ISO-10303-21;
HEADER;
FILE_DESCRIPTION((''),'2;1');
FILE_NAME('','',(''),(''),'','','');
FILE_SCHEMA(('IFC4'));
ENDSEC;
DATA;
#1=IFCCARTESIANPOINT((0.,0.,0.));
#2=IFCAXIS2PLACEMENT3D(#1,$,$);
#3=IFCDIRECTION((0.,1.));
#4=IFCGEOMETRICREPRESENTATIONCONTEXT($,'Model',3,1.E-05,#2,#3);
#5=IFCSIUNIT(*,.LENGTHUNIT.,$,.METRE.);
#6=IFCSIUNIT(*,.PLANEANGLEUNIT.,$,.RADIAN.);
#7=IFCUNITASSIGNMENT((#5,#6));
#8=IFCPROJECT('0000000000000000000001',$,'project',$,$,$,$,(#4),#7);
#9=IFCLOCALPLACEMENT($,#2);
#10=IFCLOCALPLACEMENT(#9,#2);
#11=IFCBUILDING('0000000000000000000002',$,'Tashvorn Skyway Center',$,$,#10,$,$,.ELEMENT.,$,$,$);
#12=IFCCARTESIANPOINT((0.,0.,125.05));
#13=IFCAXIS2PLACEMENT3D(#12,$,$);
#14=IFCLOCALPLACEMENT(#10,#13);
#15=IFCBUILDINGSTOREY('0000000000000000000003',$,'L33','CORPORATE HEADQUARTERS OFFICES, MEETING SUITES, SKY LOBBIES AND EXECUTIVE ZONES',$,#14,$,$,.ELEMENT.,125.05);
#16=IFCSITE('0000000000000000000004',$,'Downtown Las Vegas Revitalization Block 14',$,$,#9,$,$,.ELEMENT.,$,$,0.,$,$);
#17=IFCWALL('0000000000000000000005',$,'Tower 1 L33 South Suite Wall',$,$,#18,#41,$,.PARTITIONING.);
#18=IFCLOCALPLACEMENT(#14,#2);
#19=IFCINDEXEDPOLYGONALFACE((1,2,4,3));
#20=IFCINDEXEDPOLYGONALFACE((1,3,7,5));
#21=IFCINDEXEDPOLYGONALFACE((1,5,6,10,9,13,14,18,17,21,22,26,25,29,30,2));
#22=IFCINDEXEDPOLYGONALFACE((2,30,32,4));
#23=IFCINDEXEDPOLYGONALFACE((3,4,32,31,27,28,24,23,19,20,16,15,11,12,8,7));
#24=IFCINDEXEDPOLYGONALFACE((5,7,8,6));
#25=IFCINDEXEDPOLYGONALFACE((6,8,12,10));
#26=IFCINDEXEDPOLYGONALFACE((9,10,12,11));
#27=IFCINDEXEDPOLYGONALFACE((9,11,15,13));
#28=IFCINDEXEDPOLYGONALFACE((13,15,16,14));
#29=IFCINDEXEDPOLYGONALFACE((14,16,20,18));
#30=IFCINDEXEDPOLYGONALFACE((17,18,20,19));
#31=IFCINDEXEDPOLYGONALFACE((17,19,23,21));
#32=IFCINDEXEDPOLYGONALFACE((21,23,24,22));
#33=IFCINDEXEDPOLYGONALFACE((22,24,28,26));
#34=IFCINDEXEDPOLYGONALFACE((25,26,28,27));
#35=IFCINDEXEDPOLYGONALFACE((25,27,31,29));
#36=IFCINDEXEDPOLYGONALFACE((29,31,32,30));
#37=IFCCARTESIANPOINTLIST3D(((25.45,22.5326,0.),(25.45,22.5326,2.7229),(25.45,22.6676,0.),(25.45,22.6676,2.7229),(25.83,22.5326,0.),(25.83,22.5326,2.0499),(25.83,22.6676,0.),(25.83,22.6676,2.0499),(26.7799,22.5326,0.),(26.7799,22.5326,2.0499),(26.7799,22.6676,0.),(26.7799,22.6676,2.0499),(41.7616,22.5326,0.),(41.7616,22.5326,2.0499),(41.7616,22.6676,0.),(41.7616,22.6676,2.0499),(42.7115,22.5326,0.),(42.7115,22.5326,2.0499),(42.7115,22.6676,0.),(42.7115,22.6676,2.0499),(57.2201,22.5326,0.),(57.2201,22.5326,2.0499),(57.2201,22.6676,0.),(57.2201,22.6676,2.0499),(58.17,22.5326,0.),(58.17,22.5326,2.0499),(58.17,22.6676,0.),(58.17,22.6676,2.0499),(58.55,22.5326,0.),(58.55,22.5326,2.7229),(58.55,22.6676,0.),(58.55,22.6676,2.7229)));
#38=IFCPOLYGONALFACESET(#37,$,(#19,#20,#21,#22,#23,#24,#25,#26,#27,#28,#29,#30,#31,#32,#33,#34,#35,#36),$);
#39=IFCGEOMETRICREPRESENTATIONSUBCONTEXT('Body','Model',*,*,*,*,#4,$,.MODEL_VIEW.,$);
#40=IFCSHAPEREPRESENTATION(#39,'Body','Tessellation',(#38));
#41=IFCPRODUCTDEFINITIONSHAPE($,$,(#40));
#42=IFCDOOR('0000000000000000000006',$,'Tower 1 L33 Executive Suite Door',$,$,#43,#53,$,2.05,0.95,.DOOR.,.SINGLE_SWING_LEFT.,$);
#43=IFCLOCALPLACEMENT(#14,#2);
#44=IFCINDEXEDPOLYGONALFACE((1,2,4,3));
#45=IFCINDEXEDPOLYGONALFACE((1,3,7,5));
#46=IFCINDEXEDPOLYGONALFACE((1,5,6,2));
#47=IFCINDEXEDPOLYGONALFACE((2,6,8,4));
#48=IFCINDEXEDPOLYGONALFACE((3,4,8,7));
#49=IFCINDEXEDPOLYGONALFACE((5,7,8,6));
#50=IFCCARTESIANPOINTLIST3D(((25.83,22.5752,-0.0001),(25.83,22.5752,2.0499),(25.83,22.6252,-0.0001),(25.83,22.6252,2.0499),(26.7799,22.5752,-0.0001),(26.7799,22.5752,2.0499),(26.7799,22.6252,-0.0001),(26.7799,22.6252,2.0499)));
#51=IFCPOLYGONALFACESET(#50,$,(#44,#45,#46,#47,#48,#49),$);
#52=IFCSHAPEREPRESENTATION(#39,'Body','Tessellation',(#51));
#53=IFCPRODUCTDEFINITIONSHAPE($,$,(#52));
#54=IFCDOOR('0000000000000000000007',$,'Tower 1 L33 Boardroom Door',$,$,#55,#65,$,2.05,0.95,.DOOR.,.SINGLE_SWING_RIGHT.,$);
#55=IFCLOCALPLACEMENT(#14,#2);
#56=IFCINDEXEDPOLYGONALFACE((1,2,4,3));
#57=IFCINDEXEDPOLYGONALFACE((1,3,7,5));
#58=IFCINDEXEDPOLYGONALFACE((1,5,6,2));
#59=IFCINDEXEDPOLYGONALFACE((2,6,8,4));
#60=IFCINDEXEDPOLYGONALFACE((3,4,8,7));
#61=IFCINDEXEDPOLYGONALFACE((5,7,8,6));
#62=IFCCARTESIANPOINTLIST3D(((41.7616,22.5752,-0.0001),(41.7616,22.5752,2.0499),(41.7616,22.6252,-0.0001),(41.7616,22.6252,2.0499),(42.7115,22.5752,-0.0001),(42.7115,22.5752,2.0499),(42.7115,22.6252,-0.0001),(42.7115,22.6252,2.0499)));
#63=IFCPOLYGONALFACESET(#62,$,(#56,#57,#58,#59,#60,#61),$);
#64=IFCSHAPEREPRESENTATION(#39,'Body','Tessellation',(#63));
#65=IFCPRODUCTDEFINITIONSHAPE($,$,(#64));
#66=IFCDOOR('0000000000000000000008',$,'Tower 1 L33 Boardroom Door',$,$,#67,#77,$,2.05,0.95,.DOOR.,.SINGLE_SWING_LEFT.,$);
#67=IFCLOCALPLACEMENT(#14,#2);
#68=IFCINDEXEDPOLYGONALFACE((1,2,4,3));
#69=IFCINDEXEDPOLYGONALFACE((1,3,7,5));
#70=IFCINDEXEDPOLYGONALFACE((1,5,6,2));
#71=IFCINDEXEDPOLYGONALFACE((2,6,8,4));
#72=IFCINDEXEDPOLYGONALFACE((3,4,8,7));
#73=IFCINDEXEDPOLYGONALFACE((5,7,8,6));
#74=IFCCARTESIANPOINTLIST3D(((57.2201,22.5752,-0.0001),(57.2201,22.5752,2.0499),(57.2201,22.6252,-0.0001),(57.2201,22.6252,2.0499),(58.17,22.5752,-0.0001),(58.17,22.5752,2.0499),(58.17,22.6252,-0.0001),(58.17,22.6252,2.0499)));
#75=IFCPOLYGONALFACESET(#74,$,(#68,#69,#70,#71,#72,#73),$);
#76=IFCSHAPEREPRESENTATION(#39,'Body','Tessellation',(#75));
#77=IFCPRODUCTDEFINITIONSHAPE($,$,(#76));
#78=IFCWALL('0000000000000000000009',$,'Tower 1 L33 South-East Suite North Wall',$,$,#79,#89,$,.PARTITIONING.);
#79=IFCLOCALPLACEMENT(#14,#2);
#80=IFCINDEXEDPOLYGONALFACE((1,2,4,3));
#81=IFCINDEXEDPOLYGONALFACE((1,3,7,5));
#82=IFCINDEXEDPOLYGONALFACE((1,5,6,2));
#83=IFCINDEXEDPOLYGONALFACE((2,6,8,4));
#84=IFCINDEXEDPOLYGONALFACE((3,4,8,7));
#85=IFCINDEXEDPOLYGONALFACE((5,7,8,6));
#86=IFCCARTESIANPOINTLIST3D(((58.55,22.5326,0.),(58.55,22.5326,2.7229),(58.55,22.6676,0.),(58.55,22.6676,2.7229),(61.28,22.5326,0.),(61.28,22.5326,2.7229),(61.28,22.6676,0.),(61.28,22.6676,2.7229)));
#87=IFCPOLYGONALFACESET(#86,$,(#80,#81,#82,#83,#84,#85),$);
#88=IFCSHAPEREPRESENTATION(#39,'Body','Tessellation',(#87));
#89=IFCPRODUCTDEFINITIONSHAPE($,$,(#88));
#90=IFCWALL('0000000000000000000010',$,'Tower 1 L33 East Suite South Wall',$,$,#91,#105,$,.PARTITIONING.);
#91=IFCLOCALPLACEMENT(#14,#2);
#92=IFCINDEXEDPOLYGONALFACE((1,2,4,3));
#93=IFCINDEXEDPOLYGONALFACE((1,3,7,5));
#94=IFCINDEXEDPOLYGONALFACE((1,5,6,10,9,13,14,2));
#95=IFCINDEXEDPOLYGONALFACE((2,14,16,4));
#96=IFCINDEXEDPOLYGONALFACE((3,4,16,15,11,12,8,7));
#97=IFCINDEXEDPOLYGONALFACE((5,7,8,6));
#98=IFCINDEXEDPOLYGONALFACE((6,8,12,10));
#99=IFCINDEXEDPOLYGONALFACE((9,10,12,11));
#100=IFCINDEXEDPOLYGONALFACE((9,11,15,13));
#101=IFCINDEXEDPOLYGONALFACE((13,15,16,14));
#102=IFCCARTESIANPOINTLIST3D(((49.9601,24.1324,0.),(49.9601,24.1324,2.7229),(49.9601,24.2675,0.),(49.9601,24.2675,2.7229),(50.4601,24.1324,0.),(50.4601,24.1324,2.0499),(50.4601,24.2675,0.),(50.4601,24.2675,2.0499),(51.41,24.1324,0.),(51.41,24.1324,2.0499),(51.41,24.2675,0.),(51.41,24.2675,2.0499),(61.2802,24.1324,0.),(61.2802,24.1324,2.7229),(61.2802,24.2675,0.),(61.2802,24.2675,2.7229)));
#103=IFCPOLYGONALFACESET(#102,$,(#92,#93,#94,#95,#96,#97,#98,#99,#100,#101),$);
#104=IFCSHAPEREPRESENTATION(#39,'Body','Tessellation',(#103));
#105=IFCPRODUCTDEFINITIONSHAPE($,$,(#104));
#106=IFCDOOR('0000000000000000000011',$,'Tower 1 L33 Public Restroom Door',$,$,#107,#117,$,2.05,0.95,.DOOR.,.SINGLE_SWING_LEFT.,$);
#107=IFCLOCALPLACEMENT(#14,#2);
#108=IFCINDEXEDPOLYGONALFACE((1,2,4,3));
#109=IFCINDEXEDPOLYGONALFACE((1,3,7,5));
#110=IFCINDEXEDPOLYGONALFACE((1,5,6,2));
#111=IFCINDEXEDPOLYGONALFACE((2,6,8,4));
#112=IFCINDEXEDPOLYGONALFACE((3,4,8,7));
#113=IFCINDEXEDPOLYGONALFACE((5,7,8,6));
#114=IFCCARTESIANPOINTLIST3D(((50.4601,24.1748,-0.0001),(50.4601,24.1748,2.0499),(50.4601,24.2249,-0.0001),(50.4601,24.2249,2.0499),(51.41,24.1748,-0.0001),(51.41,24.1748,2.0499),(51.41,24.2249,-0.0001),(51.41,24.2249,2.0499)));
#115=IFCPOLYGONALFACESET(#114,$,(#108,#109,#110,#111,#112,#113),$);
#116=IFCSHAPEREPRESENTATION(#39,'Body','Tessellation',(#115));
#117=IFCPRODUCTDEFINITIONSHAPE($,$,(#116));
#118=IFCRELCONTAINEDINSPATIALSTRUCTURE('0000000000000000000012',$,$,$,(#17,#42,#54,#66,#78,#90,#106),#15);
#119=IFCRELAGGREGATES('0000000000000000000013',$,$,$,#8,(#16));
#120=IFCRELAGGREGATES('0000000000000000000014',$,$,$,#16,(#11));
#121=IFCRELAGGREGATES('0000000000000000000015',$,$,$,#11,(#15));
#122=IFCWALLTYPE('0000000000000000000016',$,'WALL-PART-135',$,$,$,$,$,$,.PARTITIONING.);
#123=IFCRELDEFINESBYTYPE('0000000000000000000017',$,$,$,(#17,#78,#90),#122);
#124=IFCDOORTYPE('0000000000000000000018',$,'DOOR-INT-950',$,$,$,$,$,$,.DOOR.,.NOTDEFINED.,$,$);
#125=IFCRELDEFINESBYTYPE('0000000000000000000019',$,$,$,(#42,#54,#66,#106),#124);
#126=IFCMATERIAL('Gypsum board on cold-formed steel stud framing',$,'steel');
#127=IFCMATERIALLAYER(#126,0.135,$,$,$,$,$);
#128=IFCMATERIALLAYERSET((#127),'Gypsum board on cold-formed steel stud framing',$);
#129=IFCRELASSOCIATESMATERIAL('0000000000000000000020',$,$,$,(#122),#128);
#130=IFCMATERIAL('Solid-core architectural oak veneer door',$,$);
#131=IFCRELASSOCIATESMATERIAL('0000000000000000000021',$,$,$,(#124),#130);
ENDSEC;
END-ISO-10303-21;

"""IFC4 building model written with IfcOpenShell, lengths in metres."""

from ifc_helpers import new_model, si_unit, direction, frame, frame_2d, origin, place, context, subcontext, project, spatial, rectangle, extrude, material, layer, layer_set, type_object, element, fill, save


model = new_model("IFC4")

# Units and contexts
model_context = context("Model", 3, precision=1e-05, world=origin(), true_north=direction((0.0, 1.0)))
body_context = subcontext(model_context, "Body", "Model", "MODEL_VIEW")
ifc_project = project(units=[si_unit("LENGTHUNIT", "METRE"), si_unit("PLANEANGLEUNIT", "RADIAN")], contexts=[model_context])

# Site, building, storey
site_placement = place(None, origin())
site = spatial("IfcSite", under=ifc_project, at=site_placement, Name="Downtown Las Vegas Revitalization Block 14", CompositionType="ELEMENT", RefElevation=0.0)
building_placement = place(site_placement, origin())
building = spatial("IfcBuilding", under=site, at=building_placement, Name="Tashvorn Skyway Center", CompositionType="ELEMENT")
storey_placement = place(building_placement, frame((0.0, 0.0, 125.05)))
storey = spatial("IfcBuildingStorey", under=building, at=storey_placement, Name="L33", Description="CORPORATE HEADQUARTERS OFFICES, MEETING SUITES, SKY LOBBIES AND EXECUTIVE ZONES", CompositionType="ELEMENT", Elevation=125.05)

# Wall, openings, doors
ifc_material_1 = material(Name="Gypsum board on cold-formed steel stud framing", Category="steel")
ifc_layer_1 = layer(ifc_material_1, 0.135)
ifc_layer_set_1 = layer_set([ifc_layer_1], Name="Gypsum board on cold-formed steel stud framing")
wall_type_1 = type_object("IfcWallType", Name="WALL-PART-135", PredefinedType="PARTITIONING", material=ifc_layer_set_1)
wall_1_placement = place(storey_placement, frame((58.55, 22.6001, 0.0), z_axis=(0.0, 0.0, 1.0), x_axis=(-1.0, 0.0, 0.0)))
wall_1 = element("IfcWall", 1, at=wall_1_placement, inside=storey, type_object=wall_type_1, Name="Tower 1 L33 South Suite Wall", PredefinedType="PARTITIONING", context=body_context, shape_type="SweptSolid", body=[
    extrude(rectangle(XDim=33.1001, YDim=0.135, at=frame_2d((16.55, 0.0))), origin(), (0.0, 0.0, 1.0), 2.7229),
])
opening_1_placement = place(wall_1_placement, frame((31.77, 0.0, 0.0)))
opening_1 = element("IfcOpeningElement", 2, at=opening_1_placement, cuts=wall_1, PredefinedType="OPENING", context=body_context, shape_type="SweptSolid", body=[
    extrude(rectangle(XDim=0.95, YDim=2.05, at=frame_2d((0.4751, 1.0249))), frame((0.0, 0.0774, 0.0), z_axis=(0.0, -1.0, 0.0), x_axis=(1.0, 0.0, 0.0)), (0.0, 0.0, 1.0), 0.155),
])
opening_2_placement = place(wall_1_placement, frame((15.8384, 0.0, 0.0)))
opening_2 = element("IfcOpeningElement", 3, at=opening_2_placement, cuts=wall_1, PredefinedType="OPENING", context=body_context, shape_type="SweptSolid", body=[
    extrude(rectangle(XDim=0.95, YDim=2.05, at=frame_2d((0.4751, 1.0249))), frame((0.0, 0.0774, 0.0), z_axis=(0.0, -1.0, 0.0), x_axis=(1.0, 0.0, 0.0)), (0.0, 0.0, 1.0), 0.155),
])
opening_3_placement = place(wall_1_placement, frame((0.3799, 0.0, 0.0)))
opening_3 = element("IfcOpeningElement", 4, at=opening_3_placement, cuts=wall_1, PredefinedType="OPENING", context=body_context, shape_type="SweptSolid", body=[
    extrude(rectangle(XDim=0.95, YDim=2.05, at=frame_2d((0.4751, 1.0249))), frame((0.0, 0.0774, 0.0), z_axis=(0.0, -1.0, 0.0), x_axis=(1.0, 0.0, 0.0)), (0.0, 0.0, 1.0), 0.155),
])
ifc_material_2 = material(Name="Solid-core architectural oak veneer door")
door_type_1 = type_object("IfcDoorType", Name="DOOR-INT-950", OperationType="NOTDEFINED", PredefinedType="DOOR", material=ifc_material_2)
door_1_placement = place(opening_1_placement, origin())
door_1 = element("IfcDoor", 5, at=door_1_placement, inside=storey, type_object=door_type_1, Name="Tower 1 L33 Executive Suite Door", OperationType="SINGLE_SWING_LEFT", OverallHeight=2.05, OverallWidth=0.95, PredefinedType="DOOR", context=body_context, shape_type="SweptSolid", body=[
    extrude(rectangle(XDim=0.95, YDim=2.05, at=frame_2d((0.4751, 1.0249))), frame((0.0, 0.0249, 0.0), z_axis=(0.0, -1.0, 0.0), x_axis=(1.0, 0.0, 0.0)), (0.0, 0.0, 1.0), 0.05),
])
fill(opening_1, door_1)
door_2_placement = place(opening_2_placement, origin())
door_2 = element("IfcDoor", 6, at=door_2_placement, inside=storey, type_object=door_type_1, Name="Tower 1 L33 Boardroom Door", OperationType="SINGLE_SWING_RIGHT", OverallHeight=2.05, OverallWidth=0.95, PredefinedType="DOOR", context=body_context, shape_type="SweptSolid", body=[
    extrude(rectangle(XDim=0.95, YDim=2.05, at=frame_2d((0.4751, 1.0249))), frame((0.0, 0.0249, 0.0), z_axis=(0.0, -1.0, 0.0), x_axis=(1.0, 0.0, 0.0)), (0.0, 0.0, 1.0), 0.05),
])
fill(opening_2, door_2)
door_3_placement = place(opening_3_placement, origin())
door_3 = element("IfcDoor", 7, at=door_3_placement, inside=storey, type_object=door_type_1, Name="Tower 1 L33 Boardroom Door", OperationType="SINGLE_SWING_LEFT", OverallHeight=2.05, OverallWidth=0.95, PredefinedType="DOOR", context=body_context, shape_type="SweptSolid", body=[
    extrude(rectangle(XDim=0.95, YDim=2.05, at=frame_2d((0.4751, 1.0249))), frame((0.0, 0.0249, 0.0), z_axis=(0.0, -1.0, 0.0), x_axis=(1.0, 0.0, 0.0)), (0.0, 0.0, 1.0), 0.05),
])
fill(opening_3, door_3)

# Wall
wall_2_placement = place(storey_placement, frame((58.55, 22.6001, 0.0), z_axis=(0.0, 0.0, 1.0), x_axis=(1.0, 0.0, 0.0)))
element("IfcWall", 8, at=wall_2_placement, inside=storey, type_object=wall_type_1, Name="Tower 1 L33 South-East Suite North Wall", PredefinedType="PARTITIONING", context=body_context, shape_type="SweptSolid", body=[
    extrude(rectangle(XDim=2.73, YDim=0.135, at=frame_2d((1.365, 0.0))), origin(), (0.0, 0.0, 1.0), 2.7229),
])

# Wall, opening, door
wall_3_placement = place(storey_placement, frame((49.96, 24.2, 0.0), z_axis=(0.0, 0.0, 1.0), x_axis=(1.0, 0.0, 0.0)))
wall_3 = element("IfcWall", 9, at=wall_3_placement, inside=storey, type_object=wall_type_1, Name="Tower 1 L33 East Suite South Wall", PredefinedType="PARTITIONING", context=body_context, shape_type="SweptSolid", body=[
    extrude(rectangle(XDim=11.3201, YDim=0.135, at=frame_2d((5.6602, 0.0))), origin(), (0.0, 0.0, 1.0), 2.7229),
])
opening_4_placement = place(wall_3_placement, frame((0.5, 0.0, 0.0)))
opening_4 = element("IfcOpeningElement", 10, at=opening_4_placement, cuts=wall_3, PredefinedType="OPENING", context=body_context, shape_type="SweptSolid", body=[
    extrude(rectangle(XDim=0.95, YDim=2.05, at=frame_2d((0.4751, 1.0249))), frame((0.0, 0.0774, 0.0), z_axis=(0.0, -1.0, 0.0), x_axis=(1.0, 0.0, 0.0)), (0.0, 0.0, 1.0), 0.155),
])
door_4_placement = place(opening_4_placement, origin())
door_4 = element("IfcDoor", 11, at=door_4_placement, inside=storey, type_object=door_type_1, Name="Tower 1 L33 Public Restroom Door", OperationType="SINGLE_SWING_LEFT", OverallHeight=2.05, OverallWidth=0.95, PredefinedType="DOOR", context=body_context, shape_type="SweptSolid", body=[
    extrude(rectangle(XDim=0.95, YDim=2.05, at=frame_2d((0.4751, 1.0249))), frame((0.0, 0.0249, 0.0), z_axis=(0.0, -1.0, 0.0), x_axis=(1.0, 0.0, 0.0)), (0.0, 0.0, 1.0), 0.05),
])
fill(opening_4, door_4)

save(model, "model.ifc")
